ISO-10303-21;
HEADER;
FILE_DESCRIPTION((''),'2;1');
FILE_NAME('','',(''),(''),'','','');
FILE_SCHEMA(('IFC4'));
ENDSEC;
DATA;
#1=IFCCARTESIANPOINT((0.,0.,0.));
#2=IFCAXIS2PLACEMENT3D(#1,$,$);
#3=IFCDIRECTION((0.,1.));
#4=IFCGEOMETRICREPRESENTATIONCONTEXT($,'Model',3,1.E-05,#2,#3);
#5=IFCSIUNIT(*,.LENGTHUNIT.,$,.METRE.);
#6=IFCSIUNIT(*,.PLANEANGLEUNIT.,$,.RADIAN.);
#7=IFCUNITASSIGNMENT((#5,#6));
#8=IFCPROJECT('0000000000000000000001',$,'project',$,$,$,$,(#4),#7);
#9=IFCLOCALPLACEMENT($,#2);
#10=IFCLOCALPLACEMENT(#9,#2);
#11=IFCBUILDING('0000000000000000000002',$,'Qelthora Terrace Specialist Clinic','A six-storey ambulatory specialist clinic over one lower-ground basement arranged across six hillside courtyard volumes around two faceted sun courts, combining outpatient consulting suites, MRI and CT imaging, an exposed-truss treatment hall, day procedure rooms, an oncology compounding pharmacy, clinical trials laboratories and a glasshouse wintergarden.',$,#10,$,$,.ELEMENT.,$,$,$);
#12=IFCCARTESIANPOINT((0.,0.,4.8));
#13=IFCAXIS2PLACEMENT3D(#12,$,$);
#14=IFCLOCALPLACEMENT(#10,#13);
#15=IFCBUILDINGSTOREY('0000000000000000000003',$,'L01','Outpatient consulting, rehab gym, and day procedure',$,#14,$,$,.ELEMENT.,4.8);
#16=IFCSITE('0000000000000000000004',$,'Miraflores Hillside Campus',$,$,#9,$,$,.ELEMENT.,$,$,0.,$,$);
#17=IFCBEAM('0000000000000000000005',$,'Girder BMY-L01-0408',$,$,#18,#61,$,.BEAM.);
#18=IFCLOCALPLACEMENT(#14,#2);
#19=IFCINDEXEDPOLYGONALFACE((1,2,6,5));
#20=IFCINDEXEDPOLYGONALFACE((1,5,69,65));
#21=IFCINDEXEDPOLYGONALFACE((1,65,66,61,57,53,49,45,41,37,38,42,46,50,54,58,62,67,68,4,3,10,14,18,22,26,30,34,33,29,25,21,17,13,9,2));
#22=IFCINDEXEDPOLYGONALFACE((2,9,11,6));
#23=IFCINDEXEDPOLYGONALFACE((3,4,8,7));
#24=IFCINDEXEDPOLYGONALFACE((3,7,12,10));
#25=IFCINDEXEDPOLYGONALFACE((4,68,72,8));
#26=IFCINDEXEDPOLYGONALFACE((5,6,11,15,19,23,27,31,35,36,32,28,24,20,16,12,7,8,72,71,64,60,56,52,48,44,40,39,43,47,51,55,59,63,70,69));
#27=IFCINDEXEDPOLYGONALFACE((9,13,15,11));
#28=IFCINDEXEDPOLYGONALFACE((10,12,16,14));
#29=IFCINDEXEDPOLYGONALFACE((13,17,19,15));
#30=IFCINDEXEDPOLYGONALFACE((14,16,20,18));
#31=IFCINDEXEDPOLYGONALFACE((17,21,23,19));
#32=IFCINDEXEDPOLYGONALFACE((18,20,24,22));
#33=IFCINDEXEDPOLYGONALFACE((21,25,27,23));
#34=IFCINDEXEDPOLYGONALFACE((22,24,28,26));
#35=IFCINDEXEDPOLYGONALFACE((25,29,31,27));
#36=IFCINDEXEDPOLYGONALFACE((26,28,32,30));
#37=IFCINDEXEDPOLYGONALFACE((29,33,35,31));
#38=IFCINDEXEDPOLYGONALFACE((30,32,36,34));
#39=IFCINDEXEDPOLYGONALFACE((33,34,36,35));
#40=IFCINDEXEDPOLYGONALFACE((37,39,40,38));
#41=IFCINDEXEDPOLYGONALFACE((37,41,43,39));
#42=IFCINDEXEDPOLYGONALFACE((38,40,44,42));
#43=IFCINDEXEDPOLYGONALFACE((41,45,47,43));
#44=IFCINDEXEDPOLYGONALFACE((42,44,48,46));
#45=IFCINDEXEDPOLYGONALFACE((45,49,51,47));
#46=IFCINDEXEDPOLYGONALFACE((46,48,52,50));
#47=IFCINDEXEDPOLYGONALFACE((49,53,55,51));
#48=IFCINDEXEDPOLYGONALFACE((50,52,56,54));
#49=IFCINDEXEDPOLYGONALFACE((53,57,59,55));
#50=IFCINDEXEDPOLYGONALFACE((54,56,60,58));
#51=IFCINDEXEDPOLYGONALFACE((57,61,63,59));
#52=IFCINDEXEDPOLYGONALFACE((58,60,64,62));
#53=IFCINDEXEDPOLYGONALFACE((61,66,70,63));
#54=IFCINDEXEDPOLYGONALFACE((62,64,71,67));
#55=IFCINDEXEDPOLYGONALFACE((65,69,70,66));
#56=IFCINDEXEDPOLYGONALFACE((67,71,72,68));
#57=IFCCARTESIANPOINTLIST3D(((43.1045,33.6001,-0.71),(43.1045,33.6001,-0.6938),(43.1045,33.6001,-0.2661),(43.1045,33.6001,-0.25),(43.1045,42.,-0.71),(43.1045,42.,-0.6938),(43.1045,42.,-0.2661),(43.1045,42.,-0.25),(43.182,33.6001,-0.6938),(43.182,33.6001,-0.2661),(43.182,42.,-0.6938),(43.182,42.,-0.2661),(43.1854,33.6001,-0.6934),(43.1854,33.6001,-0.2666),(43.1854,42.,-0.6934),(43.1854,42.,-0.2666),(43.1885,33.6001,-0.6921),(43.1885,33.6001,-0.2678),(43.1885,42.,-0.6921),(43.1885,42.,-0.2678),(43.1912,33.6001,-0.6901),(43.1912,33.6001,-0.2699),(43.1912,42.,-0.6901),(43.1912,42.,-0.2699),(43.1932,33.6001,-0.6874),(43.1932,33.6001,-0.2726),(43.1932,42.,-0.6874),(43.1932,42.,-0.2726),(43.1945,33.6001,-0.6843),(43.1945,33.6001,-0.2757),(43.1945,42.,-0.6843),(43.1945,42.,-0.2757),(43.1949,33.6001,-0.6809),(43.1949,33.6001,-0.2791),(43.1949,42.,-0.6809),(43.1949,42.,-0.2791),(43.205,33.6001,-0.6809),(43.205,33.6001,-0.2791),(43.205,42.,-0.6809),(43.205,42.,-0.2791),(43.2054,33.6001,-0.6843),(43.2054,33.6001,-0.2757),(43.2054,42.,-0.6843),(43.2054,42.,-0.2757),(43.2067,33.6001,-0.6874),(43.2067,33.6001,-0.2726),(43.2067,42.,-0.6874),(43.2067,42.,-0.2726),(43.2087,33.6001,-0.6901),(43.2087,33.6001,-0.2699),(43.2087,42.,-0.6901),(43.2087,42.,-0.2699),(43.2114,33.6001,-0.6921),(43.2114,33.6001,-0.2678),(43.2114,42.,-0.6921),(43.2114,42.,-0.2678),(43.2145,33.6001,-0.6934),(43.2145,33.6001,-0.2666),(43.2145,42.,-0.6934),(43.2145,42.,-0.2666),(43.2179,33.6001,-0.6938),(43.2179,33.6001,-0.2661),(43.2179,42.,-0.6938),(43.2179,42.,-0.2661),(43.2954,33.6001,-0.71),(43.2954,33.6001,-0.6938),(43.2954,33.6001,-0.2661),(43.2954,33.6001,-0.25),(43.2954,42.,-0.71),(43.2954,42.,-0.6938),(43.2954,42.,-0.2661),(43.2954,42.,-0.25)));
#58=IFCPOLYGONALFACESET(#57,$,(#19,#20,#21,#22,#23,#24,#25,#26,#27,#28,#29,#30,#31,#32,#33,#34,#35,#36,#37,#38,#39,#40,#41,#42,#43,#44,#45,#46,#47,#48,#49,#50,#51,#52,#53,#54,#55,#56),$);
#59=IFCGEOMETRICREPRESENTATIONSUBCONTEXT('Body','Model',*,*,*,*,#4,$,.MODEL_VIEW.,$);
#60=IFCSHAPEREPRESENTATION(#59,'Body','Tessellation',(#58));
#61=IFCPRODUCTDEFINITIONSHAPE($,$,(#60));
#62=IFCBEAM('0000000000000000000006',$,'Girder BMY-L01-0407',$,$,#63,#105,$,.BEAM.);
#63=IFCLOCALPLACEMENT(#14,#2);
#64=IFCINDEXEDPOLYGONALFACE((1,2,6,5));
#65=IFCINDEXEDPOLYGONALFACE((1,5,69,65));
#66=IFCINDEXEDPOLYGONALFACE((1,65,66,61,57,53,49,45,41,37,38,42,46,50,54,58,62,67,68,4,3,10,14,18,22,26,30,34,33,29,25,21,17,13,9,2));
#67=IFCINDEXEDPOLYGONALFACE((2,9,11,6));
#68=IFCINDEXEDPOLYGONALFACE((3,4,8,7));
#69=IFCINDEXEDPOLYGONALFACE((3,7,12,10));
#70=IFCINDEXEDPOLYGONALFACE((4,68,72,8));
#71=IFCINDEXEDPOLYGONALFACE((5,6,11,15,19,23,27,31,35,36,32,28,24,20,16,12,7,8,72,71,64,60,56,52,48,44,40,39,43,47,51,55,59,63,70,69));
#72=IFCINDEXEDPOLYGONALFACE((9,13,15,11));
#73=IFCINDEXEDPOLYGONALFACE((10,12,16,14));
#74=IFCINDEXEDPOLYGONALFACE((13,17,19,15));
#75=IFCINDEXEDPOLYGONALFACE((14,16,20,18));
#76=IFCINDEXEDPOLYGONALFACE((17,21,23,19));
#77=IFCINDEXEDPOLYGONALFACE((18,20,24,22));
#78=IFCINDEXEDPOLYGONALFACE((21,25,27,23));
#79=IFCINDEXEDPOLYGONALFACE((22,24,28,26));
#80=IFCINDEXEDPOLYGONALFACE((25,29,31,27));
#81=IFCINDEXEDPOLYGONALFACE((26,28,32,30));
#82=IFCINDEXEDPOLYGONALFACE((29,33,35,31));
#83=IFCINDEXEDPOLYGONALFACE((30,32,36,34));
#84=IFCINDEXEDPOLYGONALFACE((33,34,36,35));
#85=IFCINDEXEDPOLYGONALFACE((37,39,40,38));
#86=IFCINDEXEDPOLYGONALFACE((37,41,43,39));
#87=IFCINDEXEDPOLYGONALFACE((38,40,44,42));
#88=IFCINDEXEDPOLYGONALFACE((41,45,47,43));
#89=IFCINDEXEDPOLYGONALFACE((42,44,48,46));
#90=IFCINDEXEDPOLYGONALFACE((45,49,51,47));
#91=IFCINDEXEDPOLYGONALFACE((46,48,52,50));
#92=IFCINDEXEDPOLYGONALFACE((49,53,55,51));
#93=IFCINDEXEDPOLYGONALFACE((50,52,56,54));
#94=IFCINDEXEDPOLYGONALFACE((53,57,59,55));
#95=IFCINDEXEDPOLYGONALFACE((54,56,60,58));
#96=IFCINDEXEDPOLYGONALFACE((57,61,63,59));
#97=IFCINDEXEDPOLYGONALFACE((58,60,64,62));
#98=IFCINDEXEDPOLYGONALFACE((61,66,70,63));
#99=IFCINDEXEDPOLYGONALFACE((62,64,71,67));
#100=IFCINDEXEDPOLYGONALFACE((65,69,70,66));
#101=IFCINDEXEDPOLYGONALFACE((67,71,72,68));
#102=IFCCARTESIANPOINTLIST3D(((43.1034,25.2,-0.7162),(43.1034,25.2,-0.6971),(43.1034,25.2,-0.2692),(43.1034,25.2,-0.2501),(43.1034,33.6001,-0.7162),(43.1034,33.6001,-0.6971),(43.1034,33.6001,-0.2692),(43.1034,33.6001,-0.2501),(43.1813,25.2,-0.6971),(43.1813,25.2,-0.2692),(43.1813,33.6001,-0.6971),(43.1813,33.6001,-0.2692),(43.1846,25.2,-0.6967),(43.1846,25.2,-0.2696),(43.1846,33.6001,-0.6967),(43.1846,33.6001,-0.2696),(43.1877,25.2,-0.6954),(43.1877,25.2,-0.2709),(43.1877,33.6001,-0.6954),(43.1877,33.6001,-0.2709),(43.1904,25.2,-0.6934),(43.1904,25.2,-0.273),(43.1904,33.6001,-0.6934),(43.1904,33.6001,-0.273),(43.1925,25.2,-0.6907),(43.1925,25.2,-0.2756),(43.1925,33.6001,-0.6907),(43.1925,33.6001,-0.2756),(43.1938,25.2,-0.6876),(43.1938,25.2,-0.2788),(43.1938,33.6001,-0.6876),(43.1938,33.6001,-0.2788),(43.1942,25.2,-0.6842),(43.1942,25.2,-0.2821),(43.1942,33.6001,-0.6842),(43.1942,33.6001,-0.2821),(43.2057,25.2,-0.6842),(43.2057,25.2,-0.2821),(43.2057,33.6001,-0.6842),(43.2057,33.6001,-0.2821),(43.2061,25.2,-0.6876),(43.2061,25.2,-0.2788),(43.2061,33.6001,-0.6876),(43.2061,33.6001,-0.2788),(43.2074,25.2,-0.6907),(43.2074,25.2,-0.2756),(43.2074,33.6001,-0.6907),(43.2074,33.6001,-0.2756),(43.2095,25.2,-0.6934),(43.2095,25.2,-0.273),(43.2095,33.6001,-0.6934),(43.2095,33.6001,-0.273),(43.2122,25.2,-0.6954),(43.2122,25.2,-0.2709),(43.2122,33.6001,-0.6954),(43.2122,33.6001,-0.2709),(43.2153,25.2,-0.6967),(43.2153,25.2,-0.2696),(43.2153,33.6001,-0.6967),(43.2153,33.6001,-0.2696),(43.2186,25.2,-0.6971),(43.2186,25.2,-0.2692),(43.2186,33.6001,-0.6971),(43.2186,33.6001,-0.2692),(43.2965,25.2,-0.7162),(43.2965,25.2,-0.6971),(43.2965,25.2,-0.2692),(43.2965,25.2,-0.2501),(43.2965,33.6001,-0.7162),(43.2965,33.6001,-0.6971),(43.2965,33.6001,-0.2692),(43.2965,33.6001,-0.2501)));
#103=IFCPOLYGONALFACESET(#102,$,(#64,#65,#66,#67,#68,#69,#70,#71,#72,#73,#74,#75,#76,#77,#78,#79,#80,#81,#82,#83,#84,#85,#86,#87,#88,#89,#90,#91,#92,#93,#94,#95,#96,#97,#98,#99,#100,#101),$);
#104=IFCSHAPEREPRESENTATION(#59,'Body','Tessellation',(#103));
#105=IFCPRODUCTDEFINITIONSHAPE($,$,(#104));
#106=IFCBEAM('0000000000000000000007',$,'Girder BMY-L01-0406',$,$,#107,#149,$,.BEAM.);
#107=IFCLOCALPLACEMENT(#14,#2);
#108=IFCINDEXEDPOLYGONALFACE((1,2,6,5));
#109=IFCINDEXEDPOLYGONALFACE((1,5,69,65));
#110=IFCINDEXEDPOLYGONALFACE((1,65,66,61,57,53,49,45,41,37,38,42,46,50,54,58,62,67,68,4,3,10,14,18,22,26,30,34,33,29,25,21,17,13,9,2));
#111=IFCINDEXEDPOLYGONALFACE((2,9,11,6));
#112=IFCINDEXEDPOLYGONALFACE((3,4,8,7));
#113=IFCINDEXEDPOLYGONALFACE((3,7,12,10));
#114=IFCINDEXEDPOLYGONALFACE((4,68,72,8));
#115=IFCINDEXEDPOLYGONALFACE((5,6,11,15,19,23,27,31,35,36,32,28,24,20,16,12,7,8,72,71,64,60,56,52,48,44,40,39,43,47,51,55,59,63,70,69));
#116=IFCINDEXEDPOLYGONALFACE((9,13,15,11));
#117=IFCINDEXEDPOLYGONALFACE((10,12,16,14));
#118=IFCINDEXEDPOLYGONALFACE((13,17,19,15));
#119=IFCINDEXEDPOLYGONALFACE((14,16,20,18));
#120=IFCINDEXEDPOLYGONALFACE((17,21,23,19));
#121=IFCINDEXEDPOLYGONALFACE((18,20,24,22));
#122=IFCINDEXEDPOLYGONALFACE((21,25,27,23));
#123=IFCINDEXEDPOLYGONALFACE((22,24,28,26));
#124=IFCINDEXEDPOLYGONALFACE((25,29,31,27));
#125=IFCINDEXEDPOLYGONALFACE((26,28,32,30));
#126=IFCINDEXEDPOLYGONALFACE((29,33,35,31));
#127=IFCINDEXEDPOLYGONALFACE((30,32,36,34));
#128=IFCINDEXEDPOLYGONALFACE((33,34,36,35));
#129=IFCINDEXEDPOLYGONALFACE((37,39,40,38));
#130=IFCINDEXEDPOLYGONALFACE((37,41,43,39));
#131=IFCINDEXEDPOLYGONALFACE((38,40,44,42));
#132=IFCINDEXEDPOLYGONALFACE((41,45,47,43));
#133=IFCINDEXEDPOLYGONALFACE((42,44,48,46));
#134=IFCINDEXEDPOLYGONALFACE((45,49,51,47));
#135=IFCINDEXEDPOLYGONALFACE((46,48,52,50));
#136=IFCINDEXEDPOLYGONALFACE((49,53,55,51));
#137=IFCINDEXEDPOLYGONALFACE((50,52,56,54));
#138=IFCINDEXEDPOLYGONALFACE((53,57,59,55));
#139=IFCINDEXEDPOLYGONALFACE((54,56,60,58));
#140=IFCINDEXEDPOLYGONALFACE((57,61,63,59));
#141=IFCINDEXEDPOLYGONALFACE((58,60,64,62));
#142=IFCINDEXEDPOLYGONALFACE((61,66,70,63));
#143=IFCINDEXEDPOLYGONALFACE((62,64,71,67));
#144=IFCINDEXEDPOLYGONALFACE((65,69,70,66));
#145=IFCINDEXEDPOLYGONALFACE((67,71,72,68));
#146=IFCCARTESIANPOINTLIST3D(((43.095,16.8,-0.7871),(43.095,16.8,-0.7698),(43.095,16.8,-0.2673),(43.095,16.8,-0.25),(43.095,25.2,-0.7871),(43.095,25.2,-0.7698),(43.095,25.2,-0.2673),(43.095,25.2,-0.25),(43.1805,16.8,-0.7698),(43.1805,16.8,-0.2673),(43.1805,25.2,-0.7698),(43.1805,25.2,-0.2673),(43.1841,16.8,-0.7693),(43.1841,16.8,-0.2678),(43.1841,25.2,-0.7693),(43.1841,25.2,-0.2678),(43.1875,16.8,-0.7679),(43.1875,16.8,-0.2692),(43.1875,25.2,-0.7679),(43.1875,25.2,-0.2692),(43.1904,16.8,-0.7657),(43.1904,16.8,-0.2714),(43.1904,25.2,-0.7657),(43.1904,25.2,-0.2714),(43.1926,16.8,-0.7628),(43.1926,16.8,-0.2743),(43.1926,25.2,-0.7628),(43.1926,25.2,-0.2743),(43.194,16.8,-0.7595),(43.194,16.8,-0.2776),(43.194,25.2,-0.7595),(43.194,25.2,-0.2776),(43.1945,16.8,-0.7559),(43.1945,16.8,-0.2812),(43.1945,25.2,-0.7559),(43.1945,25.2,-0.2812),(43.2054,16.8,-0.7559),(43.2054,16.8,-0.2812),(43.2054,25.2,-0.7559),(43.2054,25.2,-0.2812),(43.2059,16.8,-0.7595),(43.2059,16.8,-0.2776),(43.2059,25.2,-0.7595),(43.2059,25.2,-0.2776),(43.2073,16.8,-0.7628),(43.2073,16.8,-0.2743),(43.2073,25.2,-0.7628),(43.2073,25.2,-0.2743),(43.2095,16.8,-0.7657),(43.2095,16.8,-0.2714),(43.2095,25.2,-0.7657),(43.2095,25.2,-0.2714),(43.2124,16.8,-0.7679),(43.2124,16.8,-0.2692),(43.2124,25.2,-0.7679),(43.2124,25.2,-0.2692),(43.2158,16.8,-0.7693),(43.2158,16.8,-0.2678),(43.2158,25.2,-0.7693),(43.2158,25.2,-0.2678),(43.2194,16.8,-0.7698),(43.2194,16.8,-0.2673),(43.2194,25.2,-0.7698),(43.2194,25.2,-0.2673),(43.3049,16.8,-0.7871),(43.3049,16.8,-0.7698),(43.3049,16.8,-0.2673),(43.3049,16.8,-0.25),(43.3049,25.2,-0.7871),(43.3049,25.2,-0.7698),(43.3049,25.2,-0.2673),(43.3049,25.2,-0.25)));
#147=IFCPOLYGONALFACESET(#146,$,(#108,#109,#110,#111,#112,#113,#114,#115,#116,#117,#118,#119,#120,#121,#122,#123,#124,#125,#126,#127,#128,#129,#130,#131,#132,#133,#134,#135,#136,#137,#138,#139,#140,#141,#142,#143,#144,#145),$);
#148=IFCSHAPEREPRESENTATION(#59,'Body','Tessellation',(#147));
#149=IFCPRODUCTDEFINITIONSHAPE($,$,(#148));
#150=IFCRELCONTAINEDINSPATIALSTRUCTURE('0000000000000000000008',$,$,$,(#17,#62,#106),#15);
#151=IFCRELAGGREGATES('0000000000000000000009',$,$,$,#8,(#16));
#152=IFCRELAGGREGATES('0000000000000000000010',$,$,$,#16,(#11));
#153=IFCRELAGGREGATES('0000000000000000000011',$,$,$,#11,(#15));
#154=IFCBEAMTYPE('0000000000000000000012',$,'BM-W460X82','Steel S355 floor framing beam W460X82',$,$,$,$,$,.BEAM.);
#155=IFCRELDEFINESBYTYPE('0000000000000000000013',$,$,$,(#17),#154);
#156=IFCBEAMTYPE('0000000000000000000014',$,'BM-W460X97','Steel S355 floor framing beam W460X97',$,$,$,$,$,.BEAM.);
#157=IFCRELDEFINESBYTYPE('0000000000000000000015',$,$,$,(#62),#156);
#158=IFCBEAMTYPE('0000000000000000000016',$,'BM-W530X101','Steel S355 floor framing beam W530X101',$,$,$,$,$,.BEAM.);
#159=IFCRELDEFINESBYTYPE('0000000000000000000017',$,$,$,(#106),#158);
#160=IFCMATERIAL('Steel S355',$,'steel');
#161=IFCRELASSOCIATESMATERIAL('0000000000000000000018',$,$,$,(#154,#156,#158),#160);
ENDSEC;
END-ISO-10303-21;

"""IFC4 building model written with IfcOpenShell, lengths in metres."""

from ifc_helpers import new_model, si_unit, direction, frame, origin, origin_2d, place, context, subcontext, project, spatial, i_section, extrude, material, material_profile, profile_set, type_object, element, save


model = new_model("IFC4")

# Units and contexts
model_context = context("Model", 3, precision=1e-05, world=origin(), true_north=direction((0.0, 1.0)))
body_context = subcontext(model_context, "Body", "Model", "MODEL_VIEW")
ifc_project = project(units=[si_unit("LENGTHUNIT", "METRE"), si_unit("PLANEANGLEUNIT", "RADIAN")], contexts=[model_context])

# Site, building, storey
site_placement = place(None, origin())
site = spatial("IfcSite", under=ifc_project, at=site_placement, Name="Miraflores Hillside Campus", CompositionType="ELEMENT", RefElevation=0.0)
building_placement = place(site_placement, origin())
building = spatial("IfcBuilding", under=site, at=building_placement, Name="Qelthora Terrace Specialist Clinic", Description="A six-storey ambulatory specialist clinic over one lower-ground basement arranged across six hillside courtyard volumes around two faceted sun courts, combining outpatient consulting suites, MRI and CT imaging, an exposed-truss treatment hall, day procedure rooms, an oncology compounding pharmacy, clinical trials laboratories and a glasshouse wintergarden.", CompositionType="ELEMENT")
storey_placement = place(building_placement, frame((0.0, 0.0, 4.8)))
storey = spatial("IfcBuildingStorey", under=building, at=storey_placement, Name="L01", Description="Outpatient consulting, rehab gym, and day procedure", CompositionType="ELEMENT", Elevation=4.8)

# Shared definitions
ifc_material_1 = material(Name="Steel S355", Category="steel")

# Beams
ifc_material_profile_1 = material_profile(ifc_material_1, i_section(OverallWidth=0.1909, OverallDepth=0.46, WebThickness=0.01, FlangeThickness=0.0161, FilletRadius=0.0129, at=origin_2d()), Name="W460X82")
ifc_profile_set_1 = profile_set([ifc_material_profile_1], Name="Steel S355")
beam_type_1 = type_object("IfcBeamType", Name="BM-W460X82", Description="Steel S355 floor framing beam W460X82", PredefinedType="BEAM", material=ifc_profile_set_1)
beam_1_placement = place(storey_placement, frame((43.2, 33.6001, -0.48), z_axis=(0.0, 1.0, 0.0), x_axis=(-1.0, 0.0, 0.0)))
element("IfcBeam", 1, at=beam_1_placement, inside=storey, type_object=beam_type_1, Name="Girder BMY-L01-0408", PredefinedType="BEAM", context=body_context, shape_type="SweptSolid", body=[
    extrude(i_section(OverallWidth=0.1909, OverallDepth=0.46, WebThickness=0.01, FlangeThickness=0.0161, FilletRadius=0.0129, at=origin_2d()), origin(), (0.0, 0.0, 1.0), 8.3999),
])
ifc_material_profile_2 = material_profile(ifc_material_1, i_section(OverallWidth=0.1931, OverallDepth=0.4661, WebThickness=0.0115, FlangeThickness=0.019, FilletRadius=0.0129, at=origin_2d()), Name="W460X97")
ifc_profile_set_2 = profile_set([ifc_material_profile_2], Name="Steel S355")
beam_type_2 = type_object("IfcBeamType", Name="BM-W460X97", Description="Steel S355 floor framing beam W460X97", PredefinedType="BEAM", material=ifc_profile_set_2)
beam_2_placement = place(storey_placement, frame((43.2, 25.2, -0.4832), z_axis=(0.0, 1.0, 0.0), x_axis=(-1.0, 0.0, 0.0)))
element("IfcBeam", 2, at=beam_2_placement, inside=storey, type_object=beam_type_2, Name="Girder BMY-L01-0407", PredefinedType="BEAM", context=body_context, shape_type="SweptSolid", body=[
    extrude(i_section(OverallWidth=0.1931, OverallDepth=0.4661, WebThickness=0.0115, FlangeThickness=0.019, FilletRadius=0.0129, at=origin_2d()), origin(), (0.0, 0.0, 1.0), 8.4001),
])
ifc_material_profile_3 = material_profile(ifc_material_1, i_section(OverallWidth=0.21, OverallDepth=0.5371, WebThickness=0.011, FlangeThickness=0.0173, FilletRadius=0.0139, at=origin_2d()), Name="W530X101")
ifc_profile_set_3 = profile_set([ifc_material_profile_3], Name="Steel S355")
beam_type_3 = type_object("IfcBeamType", Name="BM-W530X101", Description="Steel S355 floor framing beam W530X101", PredefinedType="BEAM", material=ifc_profile_set_3)
beam_3_placement = place(storey_placement, frame((43.2, 16.8, -0.5186), z_axis=(0.0, 1.0, 0.0), x_axis=(-1.0, 0.0, 0.0)))
element("IfcBeam", 3, at=beam_3_placement, inside=storey, type_object=beam_type_3, Name="Girder BMY-L01-0406", PredefinedType="BEAM", context=body_context, shape_type="SweptSolid", body=[
    extrude(i_section(OverallWidth=0.21, OverallDepth=0.5371, WebThickness=0.011, FlangeThickness=0.0173, FilletRadius=0.0139, at=origin_2d()), origin(), (0.0, 0.0, 1.0), 8.3999),
])

save(model, "model.ifc")
